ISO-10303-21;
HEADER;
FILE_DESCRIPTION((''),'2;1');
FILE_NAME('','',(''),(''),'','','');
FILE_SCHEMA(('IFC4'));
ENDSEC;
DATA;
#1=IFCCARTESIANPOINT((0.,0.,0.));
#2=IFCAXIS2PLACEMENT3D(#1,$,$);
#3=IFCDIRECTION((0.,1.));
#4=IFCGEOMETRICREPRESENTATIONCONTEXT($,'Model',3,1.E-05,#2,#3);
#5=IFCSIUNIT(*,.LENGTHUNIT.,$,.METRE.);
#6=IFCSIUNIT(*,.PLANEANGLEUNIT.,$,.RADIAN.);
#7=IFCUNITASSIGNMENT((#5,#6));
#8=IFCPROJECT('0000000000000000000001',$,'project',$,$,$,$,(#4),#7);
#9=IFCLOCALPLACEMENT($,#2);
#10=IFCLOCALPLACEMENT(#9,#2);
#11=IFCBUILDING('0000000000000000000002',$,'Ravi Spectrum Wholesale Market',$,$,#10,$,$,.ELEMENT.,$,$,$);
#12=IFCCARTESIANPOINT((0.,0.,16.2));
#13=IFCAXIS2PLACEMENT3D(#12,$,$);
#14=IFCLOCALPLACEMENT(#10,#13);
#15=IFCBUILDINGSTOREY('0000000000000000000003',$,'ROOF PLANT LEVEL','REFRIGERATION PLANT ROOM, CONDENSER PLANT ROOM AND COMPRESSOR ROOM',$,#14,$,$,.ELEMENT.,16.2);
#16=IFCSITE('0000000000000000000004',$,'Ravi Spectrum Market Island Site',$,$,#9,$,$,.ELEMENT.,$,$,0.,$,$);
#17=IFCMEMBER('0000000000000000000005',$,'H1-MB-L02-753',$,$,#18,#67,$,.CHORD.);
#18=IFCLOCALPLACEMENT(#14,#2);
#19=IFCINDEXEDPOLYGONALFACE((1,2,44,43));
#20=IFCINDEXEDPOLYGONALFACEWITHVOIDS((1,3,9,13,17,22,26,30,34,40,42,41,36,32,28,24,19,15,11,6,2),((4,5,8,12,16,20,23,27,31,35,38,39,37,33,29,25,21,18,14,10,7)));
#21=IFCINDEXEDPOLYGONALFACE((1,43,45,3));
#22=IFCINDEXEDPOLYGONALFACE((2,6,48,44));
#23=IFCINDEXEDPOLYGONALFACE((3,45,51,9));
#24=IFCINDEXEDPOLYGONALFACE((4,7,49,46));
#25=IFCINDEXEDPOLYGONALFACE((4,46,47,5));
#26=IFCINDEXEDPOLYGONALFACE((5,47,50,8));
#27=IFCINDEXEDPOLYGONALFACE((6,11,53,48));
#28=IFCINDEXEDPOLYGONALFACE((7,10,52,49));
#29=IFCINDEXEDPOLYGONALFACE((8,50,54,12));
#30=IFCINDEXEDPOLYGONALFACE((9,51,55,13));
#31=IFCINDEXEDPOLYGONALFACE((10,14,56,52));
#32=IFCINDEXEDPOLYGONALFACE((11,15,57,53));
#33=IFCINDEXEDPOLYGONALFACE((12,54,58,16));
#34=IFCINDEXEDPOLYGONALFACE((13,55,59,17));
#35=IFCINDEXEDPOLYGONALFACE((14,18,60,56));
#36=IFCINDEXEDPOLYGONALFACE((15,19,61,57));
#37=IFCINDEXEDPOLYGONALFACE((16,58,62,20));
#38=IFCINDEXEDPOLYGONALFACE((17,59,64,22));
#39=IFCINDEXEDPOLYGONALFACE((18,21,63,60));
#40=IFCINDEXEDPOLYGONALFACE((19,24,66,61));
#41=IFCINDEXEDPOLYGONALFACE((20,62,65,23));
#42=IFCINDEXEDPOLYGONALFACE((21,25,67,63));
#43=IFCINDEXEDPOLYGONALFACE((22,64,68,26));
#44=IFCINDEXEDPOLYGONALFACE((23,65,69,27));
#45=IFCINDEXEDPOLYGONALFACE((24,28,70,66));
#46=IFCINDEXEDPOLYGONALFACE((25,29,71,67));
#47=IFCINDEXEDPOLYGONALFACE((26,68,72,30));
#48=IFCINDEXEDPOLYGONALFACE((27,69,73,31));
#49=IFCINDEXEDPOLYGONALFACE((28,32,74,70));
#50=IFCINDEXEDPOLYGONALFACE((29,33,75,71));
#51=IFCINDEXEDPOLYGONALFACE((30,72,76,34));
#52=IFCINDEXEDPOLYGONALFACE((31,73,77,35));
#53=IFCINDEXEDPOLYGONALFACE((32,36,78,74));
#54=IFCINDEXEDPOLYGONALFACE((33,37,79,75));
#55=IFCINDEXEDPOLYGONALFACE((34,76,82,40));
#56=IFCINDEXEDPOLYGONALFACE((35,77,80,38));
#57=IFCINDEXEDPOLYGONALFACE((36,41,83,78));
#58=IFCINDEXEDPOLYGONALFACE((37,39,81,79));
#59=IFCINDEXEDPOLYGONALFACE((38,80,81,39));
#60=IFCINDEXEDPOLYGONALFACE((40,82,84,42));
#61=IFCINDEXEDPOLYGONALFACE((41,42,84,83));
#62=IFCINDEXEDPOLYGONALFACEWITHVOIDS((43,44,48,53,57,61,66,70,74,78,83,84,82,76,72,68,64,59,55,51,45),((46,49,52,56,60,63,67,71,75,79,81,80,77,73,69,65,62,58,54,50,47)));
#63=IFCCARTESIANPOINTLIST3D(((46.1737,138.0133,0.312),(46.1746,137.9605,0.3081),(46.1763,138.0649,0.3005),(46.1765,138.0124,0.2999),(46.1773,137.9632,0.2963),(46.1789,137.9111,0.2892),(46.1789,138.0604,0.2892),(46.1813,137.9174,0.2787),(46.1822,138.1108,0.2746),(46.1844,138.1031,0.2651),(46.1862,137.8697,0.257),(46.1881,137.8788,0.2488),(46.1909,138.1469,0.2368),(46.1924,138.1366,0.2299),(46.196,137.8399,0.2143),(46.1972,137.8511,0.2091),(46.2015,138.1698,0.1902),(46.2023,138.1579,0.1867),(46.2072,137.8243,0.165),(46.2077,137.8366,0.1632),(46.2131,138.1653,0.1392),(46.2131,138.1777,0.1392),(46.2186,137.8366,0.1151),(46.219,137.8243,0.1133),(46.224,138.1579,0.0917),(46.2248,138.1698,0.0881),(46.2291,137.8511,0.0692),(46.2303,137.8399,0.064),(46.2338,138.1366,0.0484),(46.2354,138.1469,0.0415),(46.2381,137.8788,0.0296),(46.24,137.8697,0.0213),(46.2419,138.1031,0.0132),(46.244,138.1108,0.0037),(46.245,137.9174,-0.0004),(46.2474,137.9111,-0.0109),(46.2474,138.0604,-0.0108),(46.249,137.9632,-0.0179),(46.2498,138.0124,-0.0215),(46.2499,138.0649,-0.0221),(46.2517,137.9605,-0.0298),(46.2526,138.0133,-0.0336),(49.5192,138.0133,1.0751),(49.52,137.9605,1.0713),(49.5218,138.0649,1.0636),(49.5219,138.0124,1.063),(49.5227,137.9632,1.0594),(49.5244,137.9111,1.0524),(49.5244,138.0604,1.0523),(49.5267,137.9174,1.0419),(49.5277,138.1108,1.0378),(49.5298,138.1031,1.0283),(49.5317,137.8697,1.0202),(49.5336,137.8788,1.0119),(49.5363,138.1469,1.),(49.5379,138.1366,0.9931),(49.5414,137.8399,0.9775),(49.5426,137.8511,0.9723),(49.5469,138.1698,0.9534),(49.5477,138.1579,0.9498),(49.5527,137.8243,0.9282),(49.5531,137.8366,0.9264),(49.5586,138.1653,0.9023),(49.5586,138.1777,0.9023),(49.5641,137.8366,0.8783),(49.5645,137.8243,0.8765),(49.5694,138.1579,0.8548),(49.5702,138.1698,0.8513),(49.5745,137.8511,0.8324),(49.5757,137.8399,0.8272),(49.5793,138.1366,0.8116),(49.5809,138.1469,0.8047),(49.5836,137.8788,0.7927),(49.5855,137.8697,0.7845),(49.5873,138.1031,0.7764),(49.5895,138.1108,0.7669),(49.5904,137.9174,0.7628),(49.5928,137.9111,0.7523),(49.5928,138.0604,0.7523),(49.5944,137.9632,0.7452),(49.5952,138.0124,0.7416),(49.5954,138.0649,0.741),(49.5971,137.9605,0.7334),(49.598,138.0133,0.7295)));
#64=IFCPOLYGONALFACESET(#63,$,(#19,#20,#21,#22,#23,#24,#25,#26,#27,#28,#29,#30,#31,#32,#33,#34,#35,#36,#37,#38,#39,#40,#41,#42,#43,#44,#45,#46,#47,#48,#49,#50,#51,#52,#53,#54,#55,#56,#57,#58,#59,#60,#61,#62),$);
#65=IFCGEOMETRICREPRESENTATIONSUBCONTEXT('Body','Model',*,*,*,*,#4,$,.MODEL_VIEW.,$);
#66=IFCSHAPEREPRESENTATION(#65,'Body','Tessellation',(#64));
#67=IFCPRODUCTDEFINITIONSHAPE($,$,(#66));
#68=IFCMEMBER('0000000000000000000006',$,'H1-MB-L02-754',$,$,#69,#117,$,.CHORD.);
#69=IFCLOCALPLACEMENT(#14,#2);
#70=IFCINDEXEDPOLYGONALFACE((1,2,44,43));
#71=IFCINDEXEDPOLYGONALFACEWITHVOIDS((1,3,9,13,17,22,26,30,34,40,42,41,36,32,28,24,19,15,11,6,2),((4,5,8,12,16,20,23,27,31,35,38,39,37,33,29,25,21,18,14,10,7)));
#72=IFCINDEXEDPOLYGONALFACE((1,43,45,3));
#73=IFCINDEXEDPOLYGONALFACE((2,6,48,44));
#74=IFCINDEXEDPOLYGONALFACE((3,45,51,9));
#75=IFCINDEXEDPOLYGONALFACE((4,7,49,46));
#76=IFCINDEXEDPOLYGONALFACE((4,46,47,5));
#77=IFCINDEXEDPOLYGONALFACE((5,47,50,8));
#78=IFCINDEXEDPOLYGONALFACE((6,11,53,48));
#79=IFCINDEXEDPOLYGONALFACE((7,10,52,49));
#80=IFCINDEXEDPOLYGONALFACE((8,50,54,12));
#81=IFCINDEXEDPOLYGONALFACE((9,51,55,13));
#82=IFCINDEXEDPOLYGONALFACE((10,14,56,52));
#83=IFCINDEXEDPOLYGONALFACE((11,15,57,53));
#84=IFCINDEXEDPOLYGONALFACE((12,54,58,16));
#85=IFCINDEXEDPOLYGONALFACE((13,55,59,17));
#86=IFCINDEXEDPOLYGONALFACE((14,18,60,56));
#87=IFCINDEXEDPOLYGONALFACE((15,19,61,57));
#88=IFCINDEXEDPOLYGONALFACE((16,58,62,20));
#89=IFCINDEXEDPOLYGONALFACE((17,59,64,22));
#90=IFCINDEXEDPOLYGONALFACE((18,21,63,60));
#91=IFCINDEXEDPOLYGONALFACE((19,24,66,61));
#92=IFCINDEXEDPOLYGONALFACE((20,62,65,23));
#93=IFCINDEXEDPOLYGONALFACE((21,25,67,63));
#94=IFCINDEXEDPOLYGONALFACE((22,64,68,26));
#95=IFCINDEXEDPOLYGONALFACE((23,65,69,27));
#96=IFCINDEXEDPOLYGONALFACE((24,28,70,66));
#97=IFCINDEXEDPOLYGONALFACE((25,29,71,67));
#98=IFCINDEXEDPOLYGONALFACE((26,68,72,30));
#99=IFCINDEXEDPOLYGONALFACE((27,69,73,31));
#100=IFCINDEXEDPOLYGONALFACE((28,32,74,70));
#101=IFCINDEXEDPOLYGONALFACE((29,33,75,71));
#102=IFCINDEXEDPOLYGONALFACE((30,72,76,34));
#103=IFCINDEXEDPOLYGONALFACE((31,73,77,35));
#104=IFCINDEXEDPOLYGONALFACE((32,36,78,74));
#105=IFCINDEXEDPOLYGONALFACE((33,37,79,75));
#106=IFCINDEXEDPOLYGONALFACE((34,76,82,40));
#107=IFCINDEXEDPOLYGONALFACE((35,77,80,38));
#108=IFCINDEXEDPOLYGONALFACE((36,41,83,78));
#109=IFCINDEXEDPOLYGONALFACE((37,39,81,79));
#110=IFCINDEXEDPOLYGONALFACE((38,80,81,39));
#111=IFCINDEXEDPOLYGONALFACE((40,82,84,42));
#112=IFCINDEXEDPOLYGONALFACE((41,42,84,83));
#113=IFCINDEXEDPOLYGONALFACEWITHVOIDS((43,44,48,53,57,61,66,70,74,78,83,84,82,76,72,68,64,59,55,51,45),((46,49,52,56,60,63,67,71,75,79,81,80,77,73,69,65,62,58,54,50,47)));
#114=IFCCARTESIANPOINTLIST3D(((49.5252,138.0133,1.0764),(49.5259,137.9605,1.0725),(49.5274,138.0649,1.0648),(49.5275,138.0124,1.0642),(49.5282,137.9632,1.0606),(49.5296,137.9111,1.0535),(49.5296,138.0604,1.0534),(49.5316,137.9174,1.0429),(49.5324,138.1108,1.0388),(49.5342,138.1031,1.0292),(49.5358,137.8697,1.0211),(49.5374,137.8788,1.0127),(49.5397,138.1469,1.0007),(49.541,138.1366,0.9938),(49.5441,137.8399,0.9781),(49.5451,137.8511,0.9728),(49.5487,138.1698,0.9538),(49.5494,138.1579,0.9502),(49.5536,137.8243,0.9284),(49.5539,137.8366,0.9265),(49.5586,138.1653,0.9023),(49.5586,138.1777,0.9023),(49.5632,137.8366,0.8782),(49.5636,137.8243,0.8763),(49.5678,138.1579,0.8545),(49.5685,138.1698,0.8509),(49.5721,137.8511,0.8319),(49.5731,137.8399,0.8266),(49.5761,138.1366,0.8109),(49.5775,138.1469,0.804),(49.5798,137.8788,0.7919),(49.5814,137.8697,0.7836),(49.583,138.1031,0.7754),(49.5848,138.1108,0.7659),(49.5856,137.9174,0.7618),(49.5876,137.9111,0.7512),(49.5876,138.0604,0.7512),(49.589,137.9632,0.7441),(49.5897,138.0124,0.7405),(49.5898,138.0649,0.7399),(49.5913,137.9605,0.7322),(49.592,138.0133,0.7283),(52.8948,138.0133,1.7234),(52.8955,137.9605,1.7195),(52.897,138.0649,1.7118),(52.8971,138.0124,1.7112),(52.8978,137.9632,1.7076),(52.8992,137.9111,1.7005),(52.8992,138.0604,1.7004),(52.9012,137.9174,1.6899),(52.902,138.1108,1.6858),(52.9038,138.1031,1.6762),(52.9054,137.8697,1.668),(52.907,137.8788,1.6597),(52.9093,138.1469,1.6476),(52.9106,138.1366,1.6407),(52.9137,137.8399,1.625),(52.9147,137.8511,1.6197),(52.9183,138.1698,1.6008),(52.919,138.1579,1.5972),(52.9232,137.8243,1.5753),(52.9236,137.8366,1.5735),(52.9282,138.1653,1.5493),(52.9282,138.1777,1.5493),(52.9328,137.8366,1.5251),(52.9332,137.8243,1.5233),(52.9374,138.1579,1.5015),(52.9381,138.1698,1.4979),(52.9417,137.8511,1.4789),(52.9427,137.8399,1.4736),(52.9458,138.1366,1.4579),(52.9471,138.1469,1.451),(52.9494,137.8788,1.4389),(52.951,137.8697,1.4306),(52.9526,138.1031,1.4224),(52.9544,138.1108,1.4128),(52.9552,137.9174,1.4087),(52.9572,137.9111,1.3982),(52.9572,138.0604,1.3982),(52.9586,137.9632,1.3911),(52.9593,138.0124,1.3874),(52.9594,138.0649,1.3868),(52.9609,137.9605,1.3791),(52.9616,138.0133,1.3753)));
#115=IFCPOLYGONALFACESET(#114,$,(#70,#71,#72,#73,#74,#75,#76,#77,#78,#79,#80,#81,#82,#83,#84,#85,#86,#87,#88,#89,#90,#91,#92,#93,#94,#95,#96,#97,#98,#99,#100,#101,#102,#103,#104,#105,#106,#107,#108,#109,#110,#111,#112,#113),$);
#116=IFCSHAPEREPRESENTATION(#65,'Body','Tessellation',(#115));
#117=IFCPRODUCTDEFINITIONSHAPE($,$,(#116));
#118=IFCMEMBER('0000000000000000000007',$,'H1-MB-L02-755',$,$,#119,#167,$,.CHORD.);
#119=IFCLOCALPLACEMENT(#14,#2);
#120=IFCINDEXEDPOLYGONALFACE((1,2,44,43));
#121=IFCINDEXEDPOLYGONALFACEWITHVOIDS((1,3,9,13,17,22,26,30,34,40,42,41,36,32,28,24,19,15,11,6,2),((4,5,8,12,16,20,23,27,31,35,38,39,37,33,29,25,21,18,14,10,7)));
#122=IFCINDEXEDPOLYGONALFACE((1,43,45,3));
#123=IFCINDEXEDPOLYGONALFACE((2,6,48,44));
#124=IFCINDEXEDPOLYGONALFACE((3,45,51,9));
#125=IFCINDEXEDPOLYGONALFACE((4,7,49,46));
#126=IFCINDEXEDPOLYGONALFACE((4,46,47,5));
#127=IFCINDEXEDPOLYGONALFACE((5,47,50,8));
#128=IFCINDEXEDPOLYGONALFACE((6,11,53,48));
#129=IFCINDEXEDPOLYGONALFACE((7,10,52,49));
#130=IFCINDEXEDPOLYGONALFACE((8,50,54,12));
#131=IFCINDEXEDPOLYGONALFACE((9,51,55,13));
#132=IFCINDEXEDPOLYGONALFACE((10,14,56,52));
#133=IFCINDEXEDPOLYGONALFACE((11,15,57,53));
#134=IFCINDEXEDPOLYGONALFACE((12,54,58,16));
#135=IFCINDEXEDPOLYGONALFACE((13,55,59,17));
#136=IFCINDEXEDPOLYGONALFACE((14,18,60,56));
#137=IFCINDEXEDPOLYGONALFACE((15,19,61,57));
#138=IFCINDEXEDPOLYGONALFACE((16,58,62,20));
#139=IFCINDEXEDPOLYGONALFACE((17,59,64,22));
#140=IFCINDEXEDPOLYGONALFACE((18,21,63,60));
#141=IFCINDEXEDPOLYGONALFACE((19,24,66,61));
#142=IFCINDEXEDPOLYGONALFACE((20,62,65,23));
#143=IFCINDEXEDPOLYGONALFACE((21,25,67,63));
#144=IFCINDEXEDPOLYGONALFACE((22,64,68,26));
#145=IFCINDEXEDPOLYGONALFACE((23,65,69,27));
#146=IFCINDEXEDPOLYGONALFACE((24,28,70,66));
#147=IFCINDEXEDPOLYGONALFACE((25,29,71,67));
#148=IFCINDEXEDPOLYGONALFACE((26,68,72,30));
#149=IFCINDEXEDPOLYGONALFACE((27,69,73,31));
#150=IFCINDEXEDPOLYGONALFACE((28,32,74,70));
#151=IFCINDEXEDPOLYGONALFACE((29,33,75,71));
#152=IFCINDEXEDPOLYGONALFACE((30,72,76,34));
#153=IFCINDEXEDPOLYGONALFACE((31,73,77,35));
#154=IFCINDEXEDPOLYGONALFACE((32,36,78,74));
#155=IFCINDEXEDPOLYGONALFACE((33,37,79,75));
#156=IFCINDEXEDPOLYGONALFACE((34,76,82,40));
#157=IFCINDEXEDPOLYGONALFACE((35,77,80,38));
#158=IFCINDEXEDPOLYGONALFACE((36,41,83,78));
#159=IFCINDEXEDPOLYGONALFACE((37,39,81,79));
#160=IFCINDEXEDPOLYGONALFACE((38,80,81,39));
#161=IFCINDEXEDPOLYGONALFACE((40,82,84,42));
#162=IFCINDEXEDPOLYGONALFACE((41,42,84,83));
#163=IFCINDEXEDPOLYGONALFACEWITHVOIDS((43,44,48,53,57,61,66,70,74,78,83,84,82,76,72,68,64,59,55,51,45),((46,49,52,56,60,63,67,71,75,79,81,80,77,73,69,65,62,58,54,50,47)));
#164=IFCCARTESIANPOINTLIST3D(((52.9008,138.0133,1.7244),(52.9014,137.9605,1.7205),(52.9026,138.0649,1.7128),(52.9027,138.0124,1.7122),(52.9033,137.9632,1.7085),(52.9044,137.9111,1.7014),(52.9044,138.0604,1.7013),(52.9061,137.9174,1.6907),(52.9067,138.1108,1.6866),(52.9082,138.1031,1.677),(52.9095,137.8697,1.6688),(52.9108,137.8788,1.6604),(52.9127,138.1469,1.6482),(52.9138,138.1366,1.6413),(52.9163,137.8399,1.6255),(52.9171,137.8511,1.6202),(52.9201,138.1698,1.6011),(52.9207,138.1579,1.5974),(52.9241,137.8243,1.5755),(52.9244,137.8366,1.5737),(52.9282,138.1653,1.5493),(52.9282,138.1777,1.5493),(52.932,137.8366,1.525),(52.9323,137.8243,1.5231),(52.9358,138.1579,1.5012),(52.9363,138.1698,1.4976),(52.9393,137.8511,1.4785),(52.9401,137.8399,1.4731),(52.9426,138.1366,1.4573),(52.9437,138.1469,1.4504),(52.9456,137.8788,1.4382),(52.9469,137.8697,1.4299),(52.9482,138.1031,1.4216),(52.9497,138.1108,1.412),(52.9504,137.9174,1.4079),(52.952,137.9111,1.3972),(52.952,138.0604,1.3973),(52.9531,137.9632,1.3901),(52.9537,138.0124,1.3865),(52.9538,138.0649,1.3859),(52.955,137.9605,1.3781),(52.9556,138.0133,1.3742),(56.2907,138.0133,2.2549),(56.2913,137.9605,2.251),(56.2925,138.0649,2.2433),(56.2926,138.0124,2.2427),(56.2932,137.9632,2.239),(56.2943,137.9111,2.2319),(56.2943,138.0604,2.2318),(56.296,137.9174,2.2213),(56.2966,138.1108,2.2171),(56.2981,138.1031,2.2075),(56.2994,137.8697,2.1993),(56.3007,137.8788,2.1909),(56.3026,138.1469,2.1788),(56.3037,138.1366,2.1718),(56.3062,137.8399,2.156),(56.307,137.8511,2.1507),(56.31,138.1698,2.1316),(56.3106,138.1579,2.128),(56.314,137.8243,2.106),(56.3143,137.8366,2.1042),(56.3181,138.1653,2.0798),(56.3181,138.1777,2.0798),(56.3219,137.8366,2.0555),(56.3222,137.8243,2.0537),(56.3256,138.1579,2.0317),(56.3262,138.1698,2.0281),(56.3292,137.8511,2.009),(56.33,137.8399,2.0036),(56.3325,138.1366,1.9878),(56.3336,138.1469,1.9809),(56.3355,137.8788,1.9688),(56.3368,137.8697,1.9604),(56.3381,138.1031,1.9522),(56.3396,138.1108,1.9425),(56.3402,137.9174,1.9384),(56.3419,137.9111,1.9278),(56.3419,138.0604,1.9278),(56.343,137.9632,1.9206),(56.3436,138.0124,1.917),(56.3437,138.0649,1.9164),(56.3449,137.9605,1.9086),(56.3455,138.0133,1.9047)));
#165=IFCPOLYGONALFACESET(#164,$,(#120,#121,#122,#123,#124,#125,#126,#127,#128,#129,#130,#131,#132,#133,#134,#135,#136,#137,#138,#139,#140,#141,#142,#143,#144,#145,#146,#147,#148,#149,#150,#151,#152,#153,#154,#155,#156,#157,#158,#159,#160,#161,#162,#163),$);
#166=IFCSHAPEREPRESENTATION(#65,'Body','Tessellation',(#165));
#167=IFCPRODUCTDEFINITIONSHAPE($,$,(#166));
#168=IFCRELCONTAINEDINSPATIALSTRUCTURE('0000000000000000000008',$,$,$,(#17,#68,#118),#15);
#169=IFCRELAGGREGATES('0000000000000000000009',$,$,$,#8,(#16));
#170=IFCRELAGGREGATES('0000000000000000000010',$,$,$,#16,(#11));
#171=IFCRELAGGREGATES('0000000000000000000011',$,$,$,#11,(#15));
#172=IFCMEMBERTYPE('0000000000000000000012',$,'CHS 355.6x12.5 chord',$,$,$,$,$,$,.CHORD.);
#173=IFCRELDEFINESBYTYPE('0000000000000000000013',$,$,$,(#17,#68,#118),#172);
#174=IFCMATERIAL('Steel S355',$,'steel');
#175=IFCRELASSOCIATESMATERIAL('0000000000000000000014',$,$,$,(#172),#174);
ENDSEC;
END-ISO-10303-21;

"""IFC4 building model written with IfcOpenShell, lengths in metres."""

from ifc_helpers import new_model, si_unit, direction, frame, origin, origin_2d, place, context, subcontext, project, spatial, hollow_circle, extrude, material, material_profile, profile_set, type_object, element, save


model = new_model("IFC4")

# Units and contexts
model_context = context("Model", 3, precision=1e-05, world=origin(), true_north=direction((0.0, 1.0)))
body_context = subcontext(model_context, "Body", "Model", "MODEL_VIEW")
ifc_project = project(units=[si_unit("LENGTHUNIT", "METRE"), si_unit("PLANEANGLEUNIT", "RADIAN")], contexts=[model_context])

# Site, building, storey
site_placement = place(None, origin())
site = spatial("IfcSite", under=ifc_project, at=site_placement, Name="Ravi Spectrum Market Island Site", CompositionType="ELEMENT", RefElevation=0.0)
building_placement = place(site_placement, origin())
building = spatial("IfcBuilding", under=site, at=building_placement, Name="Ravi Spectrum Wholesale Market", CompositionType="ELEMENT")
storey_placement = place(building_placement, frame((0.0, 0.0, 16.2)))
storey = spatial("IfcBuildingStorey", under=building, at=storey_placement, Name="ROOF PLANT LEVEL", Description="REFRIGERATION PLANT ROOM, CONDENSER PLANT ROOM AND COMPRESSOR ROOM", CompositionType="ELEMENT", Elevation=16.2)

# Members
ifc_material_1 = material(Name="Steel S355", Category="steel")
ifc_material_profile_1 = material_profile(ifc_material_1, hollow_circle(Radius=0.1777, WallThickness=0.0125, at=origin_2d()))
ifc_profile_set_1 = profile_set([ifc_material_profile_1], Name="Steel S355")
member_type_1 = type_object("IfcMemberType", Name="CHS 355.6x12.5 chord", PredefinedType="CHORD", material=ifc_profile_set_1)
member_1_placement = place(storey_placement, frame((46.2131, 138.0, 0.1392), z_axis=(0.974953, 0.0, 0.222411), x_axis=(0.0, 1.0, 0.0)))
element("IfcMember", 1, at=member_1_placement, inside=storey, type_object=member_type_1, Name="H1-MB-L02-753", PredefinedType="CHORD", context=body_context, shape_type="SweptSolid", body=[
    extrude(hollow_circle(Radius=0.1777, WallThickness=0.0125, at=origin_2d()), origin(), (0.0, 0.0, 1.0), 3.4314),
])
for number, where, z_axis, x_axis, name in (
    (2, (49.5586, 138.0, 0.9023), (0.982062, 0.0, 0.188557), (0.0, 1.0, 0.0), "H1-MB-L02-754"),
    (3, (52.9282, 138.0, 1.5493), (0.987974, 0.0, 0.154618), (0.0, 1.0, 0.0), "H1-MB-L02-755"),
):
    element("IfcMember", number, at=place(storey_placement, frame(where, z_axis=z_axis, x_axis=x_axis)), inside=storey, type_object=member_type_1, Name=name, PredefinedType="CHORD", context=body_context, shape_type="SweptSolid", body=[
        extrude(hollow_circle(Radius=0.1777, WallThickness=0.0125, at=origin_2d()), origin(), (0.0, 0.0, 1.0), 3.4312),
    ])

save(model, "model.ifc")
